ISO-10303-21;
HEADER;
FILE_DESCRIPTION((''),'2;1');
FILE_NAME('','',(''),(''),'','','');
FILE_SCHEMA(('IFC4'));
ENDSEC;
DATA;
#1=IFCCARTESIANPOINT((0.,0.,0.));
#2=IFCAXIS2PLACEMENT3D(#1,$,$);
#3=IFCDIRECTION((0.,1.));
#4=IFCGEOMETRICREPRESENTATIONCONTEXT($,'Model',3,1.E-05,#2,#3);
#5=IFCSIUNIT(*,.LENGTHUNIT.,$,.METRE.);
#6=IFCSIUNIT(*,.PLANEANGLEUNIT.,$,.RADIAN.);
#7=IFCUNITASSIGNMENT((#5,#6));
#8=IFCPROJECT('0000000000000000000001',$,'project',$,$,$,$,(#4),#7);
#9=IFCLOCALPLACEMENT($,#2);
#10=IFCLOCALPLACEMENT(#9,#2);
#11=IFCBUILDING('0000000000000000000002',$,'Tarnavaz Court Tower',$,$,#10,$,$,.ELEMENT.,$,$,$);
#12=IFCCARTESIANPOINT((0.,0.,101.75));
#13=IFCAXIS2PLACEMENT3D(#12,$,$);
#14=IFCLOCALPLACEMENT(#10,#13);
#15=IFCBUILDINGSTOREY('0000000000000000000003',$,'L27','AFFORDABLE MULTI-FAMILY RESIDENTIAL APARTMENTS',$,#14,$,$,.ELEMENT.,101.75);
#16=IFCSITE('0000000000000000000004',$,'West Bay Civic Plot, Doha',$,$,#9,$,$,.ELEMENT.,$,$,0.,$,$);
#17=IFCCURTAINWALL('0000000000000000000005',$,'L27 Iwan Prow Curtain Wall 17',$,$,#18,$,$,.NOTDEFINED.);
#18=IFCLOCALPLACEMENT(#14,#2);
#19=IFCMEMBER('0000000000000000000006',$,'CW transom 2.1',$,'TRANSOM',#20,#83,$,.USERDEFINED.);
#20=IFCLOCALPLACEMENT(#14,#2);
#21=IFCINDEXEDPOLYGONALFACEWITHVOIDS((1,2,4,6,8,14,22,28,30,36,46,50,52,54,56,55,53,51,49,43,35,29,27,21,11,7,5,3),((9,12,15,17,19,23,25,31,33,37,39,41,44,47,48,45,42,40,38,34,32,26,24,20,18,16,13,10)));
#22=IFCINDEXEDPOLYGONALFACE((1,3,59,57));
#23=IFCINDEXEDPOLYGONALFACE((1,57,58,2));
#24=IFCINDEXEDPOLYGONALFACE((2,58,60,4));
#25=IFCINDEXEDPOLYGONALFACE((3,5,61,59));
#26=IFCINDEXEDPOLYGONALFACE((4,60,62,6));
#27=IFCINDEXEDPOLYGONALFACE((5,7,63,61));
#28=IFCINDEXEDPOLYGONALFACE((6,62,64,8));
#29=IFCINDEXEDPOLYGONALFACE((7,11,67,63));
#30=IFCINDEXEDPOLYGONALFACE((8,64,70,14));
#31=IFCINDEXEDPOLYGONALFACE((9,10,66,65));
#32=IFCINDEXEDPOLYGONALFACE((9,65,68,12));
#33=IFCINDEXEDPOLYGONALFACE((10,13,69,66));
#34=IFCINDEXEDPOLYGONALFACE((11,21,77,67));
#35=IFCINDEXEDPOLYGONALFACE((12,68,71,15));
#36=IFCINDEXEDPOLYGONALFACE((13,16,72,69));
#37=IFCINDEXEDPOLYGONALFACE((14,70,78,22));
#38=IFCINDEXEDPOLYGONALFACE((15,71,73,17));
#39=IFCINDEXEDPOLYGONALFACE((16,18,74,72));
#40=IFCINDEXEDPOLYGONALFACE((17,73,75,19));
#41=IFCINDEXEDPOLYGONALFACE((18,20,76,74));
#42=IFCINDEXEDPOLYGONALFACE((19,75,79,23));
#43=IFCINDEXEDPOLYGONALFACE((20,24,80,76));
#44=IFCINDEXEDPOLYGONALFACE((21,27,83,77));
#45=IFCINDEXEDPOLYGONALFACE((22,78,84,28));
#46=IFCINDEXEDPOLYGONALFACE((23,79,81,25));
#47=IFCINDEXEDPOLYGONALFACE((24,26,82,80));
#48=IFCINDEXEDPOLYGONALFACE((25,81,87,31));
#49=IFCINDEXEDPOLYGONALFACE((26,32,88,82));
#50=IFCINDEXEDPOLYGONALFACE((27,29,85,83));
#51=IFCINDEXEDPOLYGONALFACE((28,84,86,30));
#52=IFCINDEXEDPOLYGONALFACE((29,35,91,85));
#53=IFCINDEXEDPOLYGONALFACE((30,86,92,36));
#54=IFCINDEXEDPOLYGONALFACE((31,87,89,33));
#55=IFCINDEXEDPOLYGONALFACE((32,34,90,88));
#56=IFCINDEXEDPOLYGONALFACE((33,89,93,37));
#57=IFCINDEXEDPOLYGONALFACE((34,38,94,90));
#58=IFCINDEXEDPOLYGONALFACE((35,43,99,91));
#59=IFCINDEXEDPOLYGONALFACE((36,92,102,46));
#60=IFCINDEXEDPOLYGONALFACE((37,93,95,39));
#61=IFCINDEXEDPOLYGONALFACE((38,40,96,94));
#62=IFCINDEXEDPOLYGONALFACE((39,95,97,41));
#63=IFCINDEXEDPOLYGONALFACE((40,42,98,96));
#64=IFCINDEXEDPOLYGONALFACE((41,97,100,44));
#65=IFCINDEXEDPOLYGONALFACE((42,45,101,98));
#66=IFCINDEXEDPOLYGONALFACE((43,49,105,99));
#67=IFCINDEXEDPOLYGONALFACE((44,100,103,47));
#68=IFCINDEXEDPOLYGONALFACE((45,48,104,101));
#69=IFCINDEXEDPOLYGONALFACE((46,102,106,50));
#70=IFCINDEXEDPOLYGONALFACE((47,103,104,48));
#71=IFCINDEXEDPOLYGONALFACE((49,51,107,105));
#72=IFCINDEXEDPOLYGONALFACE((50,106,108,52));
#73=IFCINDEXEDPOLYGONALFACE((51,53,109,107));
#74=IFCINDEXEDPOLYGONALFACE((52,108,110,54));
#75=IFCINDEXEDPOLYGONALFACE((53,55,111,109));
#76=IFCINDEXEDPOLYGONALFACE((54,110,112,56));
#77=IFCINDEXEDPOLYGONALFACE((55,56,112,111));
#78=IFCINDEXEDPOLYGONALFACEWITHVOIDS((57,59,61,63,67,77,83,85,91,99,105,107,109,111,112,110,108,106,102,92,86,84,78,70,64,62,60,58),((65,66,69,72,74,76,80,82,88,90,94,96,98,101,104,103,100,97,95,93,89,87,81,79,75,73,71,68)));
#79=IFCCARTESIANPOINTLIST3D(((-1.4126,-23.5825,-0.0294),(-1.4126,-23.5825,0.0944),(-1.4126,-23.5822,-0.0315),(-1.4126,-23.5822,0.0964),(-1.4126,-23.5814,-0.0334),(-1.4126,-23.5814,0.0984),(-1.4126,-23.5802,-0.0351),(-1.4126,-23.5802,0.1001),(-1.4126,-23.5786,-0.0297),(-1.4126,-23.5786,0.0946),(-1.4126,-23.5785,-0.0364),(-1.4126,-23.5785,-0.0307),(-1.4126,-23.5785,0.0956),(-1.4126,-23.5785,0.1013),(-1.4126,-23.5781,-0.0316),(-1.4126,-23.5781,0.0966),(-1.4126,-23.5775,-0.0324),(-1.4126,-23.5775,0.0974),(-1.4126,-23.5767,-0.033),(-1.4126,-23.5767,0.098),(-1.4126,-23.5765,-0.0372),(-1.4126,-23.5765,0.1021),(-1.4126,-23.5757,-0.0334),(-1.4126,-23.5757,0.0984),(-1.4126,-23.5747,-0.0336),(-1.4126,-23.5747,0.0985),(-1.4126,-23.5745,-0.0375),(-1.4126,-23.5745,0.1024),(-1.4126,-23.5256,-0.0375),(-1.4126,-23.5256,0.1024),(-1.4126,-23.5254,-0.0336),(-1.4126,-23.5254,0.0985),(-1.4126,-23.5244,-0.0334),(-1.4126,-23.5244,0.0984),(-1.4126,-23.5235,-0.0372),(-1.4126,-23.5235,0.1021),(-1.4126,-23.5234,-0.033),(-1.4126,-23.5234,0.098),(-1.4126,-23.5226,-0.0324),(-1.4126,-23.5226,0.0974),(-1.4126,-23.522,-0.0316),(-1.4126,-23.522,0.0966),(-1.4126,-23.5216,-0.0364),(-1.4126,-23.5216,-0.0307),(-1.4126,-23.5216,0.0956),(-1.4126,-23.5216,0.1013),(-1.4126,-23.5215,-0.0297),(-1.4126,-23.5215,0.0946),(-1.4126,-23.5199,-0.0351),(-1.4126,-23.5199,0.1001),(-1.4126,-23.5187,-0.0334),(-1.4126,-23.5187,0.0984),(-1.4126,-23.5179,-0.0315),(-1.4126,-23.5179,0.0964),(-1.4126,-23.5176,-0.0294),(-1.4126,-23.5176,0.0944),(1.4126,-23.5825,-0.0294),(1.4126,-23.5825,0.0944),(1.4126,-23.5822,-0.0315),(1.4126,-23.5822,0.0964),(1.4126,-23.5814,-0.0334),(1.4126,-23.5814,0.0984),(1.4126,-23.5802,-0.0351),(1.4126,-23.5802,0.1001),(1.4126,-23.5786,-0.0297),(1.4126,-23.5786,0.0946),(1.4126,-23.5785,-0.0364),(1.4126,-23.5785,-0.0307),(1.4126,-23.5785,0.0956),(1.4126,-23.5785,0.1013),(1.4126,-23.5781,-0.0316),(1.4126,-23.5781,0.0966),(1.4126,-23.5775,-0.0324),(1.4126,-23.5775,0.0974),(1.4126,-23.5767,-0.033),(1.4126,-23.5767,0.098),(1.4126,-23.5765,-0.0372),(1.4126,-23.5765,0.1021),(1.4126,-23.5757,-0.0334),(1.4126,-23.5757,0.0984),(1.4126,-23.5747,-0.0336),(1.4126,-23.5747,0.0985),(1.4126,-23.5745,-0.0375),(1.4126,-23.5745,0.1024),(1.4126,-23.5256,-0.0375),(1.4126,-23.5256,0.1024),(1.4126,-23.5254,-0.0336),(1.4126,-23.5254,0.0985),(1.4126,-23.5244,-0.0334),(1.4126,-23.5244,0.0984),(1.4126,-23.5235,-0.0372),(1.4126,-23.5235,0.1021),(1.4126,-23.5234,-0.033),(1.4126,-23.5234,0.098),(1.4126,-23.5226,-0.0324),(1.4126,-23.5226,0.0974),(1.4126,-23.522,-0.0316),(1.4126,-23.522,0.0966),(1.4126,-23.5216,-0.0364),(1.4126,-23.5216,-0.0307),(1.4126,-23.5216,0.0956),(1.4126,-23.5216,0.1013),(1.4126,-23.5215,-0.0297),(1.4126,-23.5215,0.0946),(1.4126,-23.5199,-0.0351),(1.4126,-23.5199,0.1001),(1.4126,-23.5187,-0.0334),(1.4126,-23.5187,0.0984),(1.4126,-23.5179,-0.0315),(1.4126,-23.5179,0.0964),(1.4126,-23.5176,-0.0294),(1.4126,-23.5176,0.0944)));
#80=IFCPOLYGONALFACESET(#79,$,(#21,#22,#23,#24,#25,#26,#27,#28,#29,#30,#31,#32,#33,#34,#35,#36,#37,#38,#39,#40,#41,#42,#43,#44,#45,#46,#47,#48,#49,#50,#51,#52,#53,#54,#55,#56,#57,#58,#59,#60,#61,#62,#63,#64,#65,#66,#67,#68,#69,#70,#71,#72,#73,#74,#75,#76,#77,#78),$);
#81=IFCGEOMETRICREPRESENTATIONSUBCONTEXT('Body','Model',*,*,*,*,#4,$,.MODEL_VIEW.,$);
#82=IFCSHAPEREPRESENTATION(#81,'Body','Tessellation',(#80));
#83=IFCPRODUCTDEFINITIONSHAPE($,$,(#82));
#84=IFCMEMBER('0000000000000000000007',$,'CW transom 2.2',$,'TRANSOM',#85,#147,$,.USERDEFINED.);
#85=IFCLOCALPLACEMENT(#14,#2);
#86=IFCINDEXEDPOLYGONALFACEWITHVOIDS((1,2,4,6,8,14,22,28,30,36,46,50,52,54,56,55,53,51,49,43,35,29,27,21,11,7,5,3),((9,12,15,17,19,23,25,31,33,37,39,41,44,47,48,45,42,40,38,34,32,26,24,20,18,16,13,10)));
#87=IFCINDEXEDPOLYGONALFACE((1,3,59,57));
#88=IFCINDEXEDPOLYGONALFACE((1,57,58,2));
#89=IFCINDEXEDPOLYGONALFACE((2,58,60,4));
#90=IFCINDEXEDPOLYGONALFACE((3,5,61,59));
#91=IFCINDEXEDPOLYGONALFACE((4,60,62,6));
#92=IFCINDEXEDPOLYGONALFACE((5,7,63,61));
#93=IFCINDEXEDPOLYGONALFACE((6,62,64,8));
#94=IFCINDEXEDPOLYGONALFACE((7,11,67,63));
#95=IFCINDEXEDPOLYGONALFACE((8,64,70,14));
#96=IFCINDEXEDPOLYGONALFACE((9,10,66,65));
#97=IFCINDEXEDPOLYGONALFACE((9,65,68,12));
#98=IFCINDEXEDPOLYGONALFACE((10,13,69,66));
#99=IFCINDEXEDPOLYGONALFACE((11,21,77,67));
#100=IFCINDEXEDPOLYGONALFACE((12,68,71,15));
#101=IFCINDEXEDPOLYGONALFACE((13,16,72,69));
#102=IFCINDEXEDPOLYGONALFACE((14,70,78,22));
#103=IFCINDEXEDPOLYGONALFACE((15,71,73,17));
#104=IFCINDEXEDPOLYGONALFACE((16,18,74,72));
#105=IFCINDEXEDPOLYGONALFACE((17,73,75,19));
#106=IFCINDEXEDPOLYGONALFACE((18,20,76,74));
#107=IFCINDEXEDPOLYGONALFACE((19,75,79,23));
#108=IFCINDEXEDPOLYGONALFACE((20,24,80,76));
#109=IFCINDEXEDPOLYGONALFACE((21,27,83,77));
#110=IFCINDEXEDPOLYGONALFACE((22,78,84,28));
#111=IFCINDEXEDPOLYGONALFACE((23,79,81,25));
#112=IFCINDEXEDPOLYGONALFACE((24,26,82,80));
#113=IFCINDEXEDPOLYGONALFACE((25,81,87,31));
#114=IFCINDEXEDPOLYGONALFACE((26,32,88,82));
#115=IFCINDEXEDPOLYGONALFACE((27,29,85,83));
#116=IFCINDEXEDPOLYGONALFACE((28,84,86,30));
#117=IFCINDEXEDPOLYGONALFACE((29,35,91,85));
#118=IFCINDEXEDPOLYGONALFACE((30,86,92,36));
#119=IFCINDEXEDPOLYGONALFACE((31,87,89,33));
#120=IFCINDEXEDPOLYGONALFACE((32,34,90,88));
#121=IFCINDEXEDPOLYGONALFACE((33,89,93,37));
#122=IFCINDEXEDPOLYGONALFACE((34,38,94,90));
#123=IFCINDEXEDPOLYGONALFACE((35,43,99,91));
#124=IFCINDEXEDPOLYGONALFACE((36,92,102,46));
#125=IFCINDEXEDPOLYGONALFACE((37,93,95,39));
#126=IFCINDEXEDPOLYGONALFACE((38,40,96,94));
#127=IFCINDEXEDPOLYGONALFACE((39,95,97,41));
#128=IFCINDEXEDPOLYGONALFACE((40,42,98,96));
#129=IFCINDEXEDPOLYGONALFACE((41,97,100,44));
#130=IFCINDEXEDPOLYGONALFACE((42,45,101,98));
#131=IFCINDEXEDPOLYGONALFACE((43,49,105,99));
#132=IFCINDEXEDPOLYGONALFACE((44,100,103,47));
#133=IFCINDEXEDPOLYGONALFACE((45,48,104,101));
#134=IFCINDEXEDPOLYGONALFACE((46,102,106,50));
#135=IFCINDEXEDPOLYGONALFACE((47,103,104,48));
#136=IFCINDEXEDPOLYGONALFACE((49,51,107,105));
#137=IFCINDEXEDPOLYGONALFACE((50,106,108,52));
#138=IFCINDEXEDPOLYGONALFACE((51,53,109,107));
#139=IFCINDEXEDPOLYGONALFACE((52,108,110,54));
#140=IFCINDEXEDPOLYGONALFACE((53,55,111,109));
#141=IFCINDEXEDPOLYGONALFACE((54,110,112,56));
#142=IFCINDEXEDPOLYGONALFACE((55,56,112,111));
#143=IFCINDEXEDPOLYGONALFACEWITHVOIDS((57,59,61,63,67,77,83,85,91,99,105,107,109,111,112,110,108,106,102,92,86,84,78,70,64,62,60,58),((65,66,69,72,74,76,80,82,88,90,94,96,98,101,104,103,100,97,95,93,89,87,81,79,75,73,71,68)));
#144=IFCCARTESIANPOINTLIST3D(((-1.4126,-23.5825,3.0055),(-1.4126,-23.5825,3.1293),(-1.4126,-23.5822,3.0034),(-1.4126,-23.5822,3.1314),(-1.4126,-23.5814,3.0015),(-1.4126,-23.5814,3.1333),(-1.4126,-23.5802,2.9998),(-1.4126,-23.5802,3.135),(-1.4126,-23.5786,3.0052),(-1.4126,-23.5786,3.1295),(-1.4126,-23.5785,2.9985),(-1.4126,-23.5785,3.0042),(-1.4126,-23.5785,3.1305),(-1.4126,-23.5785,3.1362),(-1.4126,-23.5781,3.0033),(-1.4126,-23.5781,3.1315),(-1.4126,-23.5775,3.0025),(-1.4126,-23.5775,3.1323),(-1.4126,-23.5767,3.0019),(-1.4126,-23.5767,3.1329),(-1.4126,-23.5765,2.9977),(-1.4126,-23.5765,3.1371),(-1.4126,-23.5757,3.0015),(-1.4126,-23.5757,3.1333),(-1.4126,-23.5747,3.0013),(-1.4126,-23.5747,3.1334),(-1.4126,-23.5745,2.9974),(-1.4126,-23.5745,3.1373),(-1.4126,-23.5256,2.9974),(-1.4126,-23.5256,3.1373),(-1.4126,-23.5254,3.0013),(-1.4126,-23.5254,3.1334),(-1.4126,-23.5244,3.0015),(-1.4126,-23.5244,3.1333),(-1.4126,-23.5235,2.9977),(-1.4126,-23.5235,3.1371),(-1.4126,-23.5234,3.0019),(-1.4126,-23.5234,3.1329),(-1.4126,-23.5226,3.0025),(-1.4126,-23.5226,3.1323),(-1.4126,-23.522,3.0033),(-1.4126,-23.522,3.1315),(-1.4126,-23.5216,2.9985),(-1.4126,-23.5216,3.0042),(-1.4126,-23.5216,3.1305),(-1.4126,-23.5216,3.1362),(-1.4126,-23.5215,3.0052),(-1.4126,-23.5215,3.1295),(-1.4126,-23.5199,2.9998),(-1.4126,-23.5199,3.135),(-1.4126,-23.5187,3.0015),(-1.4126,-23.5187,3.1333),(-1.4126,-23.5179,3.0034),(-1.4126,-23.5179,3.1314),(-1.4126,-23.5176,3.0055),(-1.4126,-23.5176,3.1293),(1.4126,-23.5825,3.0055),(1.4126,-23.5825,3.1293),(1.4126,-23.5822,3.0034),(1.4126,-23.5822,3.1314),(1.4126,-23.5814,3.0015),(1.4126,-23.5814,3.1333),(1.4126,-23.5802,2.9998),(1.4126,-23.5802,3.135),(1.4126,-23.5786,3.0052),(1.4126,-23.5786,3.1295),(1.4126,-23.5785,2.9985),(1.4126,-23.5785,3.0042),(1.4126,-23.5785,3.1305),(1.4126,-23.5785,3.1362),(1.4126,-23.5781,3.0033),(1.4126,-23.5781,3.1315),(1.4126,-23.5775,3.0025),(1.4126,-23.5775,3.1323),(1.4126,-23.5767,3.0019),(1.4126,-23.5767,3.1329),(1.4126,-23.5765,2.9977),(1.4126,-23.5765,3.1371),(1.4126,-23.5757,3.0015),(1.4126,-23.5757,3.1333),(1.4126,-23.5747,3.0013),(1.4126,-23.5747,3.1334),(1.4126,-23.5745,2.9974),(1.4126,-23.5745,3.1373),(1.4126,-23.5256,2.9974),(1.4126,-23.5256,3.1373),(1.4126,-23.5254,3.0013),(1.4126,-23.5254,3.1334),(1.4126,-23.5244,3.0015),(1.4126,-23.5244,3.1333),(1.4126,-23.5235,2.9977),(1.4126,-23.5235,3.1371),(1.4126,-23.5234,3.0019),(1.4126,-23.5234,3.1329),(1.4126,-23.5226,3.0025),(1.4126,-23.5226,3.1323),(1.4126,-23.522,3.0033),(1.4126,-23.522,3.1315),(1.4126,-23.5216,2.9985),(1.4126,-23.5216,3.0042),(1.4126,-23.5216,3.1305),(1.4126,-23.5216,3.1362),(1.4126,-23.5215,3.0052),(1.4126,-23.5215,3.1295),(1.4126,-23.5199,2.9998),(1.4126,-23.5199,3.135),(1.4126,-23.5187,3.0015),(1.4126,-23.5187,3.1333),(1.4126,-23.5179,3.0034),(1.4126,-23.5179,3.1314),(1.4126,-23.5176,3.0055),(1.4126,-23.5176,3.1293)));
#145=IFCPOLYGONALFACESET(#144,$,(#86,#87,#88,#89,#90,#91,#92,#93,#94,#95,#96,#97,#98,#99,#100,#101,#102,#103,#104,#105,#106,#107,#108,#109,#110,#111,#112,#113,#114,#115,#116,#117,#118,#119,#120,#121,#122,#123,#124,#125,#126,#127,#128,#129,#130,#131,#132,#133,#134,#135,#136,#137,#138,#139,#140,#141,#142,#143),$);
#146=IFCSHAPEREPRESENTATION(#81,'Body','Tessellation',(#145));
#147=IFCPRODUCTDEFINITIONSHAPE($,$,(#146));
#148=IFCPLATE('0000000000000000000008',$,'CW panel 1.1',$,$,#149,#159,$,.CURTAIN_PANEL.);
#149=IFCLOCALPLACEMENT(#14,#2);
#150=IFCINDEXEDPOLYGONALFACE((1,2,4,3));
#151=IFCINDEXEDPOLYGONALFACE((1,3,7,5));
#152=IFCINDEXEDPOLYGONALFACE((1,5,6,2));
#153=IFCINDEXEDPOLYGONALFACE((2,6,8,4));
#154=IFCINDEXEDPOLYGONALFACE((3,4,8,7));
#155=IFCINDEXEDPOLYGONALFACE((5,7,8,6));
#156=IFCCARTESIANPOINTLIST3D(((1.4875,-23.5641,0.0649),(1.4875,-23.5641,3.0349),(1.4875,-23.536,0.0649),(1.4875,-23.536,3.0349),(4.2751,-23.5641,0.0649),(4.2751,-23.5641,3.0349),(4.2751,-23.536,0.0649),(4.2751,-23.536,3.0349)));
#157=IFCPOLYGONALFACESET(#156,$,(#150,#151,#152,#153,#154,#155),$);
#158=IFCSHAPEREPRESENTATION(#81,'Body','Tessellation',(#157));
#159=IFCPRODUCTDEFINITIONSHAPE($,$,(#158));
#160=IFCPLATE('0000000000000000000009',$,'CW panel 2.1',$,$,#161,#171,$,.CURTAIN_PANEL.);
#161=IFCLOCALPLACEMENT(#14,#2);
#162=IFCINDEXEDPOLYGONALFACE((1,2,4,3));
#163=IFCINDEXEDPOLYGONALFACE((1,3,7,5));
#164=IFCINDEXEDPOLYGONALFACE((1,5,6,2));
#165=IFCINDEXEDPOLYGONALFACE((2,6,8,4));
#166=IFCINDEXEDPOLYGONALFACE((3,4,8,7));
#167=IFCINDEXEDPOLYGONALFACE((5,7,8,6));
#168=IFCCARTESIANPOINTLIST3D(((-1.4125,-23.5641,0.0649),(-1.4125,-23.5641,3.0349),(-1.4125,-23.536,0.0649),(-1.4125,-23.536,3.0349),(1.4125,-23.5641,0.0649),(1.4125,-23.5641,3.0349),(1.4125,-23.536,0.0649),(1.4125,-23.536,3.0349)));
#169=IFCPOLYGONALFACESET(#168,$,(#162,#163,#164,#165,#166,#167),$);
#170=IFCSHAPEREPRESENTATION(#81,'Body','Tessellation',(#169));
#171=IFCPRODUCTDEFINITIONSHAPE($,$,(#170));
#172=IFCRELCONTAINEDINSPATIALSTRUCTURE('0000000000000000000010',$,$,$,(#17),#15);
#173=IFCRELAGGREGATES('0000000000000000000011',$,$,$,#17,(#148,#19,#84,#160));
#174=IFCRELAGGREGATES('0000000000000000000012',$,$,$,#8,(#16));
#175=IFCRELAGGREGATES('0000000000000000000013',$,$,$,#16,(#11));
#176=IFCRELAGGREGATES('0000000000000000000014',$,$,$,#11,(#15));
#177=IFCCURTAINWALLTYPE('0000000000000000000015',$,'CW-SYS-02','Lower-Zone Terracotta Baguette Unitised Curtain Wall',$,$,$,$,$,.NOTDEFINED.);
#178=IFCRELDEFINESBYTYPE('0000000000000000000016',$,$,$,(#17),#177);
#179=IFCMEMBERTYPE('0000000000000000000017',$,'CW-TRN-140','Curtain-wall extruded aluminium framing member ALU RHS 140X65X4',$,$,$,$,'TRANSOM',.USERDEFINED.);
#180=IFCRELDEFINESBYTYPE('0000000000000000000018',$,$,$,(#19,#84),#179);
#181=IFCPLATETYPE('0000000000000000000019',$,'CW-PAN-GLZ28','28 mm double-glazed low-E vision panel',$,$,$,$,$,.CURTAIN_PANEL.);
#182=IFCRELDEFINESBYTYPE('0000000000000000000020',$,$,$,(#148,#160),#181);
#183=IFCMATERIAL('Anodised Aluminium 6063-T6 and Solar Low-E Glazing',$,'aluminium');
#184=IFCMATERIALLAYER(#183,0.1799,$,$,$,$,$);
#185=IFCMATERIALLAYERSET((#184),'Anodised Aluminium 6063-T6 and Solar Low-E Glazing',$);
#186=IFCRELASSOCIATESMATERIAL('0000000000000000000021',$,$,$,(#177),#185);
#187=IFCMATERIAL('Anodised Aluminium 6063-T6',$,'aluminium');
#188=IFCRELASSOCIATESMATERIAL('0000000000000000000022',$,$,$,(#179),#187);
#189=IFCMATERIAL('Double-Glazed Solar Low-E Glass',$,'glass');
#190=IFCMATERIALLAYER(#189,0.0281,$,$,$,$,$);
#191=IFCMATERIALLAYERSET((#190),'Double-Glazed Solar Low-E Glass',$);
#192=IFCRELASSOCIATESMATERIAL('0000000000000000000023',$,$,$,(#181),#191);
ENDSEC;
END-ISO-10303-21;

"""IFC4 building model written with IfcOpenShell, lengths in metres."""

from ifc_helpers import new_model, si_unit, direction, frame, origin, origin_2d, place, context, subcontext, project, spatial, rectangle, hollow_rectangle, extrude, material, layer, layer_set, material_profile, profile_set, type_object, element, aggregate, save


model = new_model("IFC4")

# Units and contexts
model_context = context("Model", 3, precision=1e-05, world=origin(), true_north=direction((0.0, 1.0)))
body_context = subcontext(model_context, "Body", "Model", "MODEL_VIEW")
ifc_project = project(units=[si_unit("LENGTHUNIT", "METRE"), si_unit("PLANEANGLEUNIT", "RADIAN")], contexts=[model_context])

# Site, building, storey
site_placement = place(None, origin())
site = spatial("IfcSite", under=ifc_project, at=site_placement, Name="West Bay Civic Plot, Doha", CompositionType="ELEMENT", RefElevation=0.0)
building_placement = place(site_placement, origin())
building = spatial("IfcBuilding", under=site, at=building_placement, Name="Tarnavaz Court Tower", CompositionType="ELEMENT")
storey_placement = place(building_placement, frame((0.0, 0.0, 101.75)))
storey = spatial("IfcBuildingStorey", under=building, at=storey_placement, Name="L27", Description="AFFORDABLE MULTI-FAMILY RESIDENTIAL APARTMENTS", CompositionType="ELEMENT", Elevation=101.75)

# Curtain wall, members, plates
ifc_material_1 = material(Name="Anodised Aluminium 6063-T6 and Solar Low-E Glazing", Category="aluminium")
ifc_layer_1 = layer(ifc_material_1, 0.1799)
ifc_layer_set_1 = layer_set([ifc_layer_1], Name="Anodised Aluminium 6063-T6 and Solar Low-E Glazing")
curtain_wall_type = type_object("IfcCurtainWallType", Name="CW-SYS-02", Description="Lower-Zone Terracotta Baguette Unitised Curtain Wall", PredefinedType="NOTDEFINED", material=ifc_layer_set_1)
curtain_wall_placement = place(storey_placement, origin())
curtain_wall = element("IfcCurtainWall", 1, at=curtain_wall_placement, inside=storey, type_object=curtain_wall_type, Name="L27 Iwan Prow Curtain Wall 17", PredefinedType="NOTDEFINED")
ifc_material_2 = material(Name="Anodised Aluminium 6063-T6", Category="aluminium")
ifc_material_profile_1 = material_profile(ifc_material_2, hollow_rectangle(XDim=0.0649, YDim=0.1399, WallThickness=0.0039, InnerFilletRadius=0.0039, OuterFilletRadius=0.0081, at=origin_2d()), Name="ALU RHS 140X65X4")
ifc_profile_set_1 = profile_set([ifc_material_profile_1], Name="Anodised Aluminium 6063-T6")
member_type_1 = type_object("IfcMemberType", Name="CW-TRN-140", Description="Curtain-wall extruded aluminium framing member ALU RHS 140X65X4", ElementType="TRANSOM", PredefinedType="USERDEFINED", material=ifc_profile_set_1)
member_1_placement = place(storey_placement, frame((1.4126, -23.55, 0.0325), z_axis=(-1.0, 0.0, 0.0), x_axis=(0.0, -1.0, 0.0)))
member_1 = element("IfcMember", 2, at=member_1_placement, type_object=member_type_1, Name="CW transom 2.1", ObjectType="TRANSOM", PredefinedType="USERDEFINED", context=body_context, shape_type="SweptSolid", body=[
    extrude(hollow_rectangle(XDim=0.0649, YDim=0.1399, WallThickness=0.0039, InnerFilletRadius=0.0039, OuterFilletRadius=0.0081, at=origin_2d()), origin(), (0.0, 0.0, 1.0), 2.8252),
])
member_2_placement = place(storey_placement, frame((1.4126, -23.55, 3.0674), z_axis=(-1.0, 0.0, 0.0), x_axis=(0.0, -1.0, 0.0)))
member_2 = element("IfcMember", 3, at=member_2_placement, type_object=member_type_1, Name="CW transom 2.2", ObjectType="TRANSOM", PredefinedType="USERDEFINED", context=body_context, shape_type="SweptSolid", body=[
    extrude(hollow_rectangle(XDim=0.0649, YDim=0.1399, WallThickness=0.0039, InnerFilletRadius=0.0039, OuterFilletRadius=0.0081, at=origin_2d()), origin(), (0.0, 0.0, 1.0), 2.8252),
])
ifc_material_3 = material(Name="Double-Glazed Solar Low-E Glass", Category="glass")
ifc_layer_2 = layer(ifc_material_3, 0.0281)
ifc_layer_set_2 = layer_set([ifc_layer_2], Name="Double-Glazed Solar Low-E Glass")
plate_type = type_object("IfcPlateType", Name="CW-PAN-GLZ28", Description="28 mm double-glazed low-E vision panel", PredefinedType="CURTAIN_PANEL", material=ifc_layer_set_2)
plate_1_placement = place(storey_placement, frame((2.8813, -23.55, 0.0649), z_axis=(0.0, 0.0, 1.0), x_axis=(-1.0, 0.0, 0.0)))
plate_1 = element("IfcPlate", 4, at=plate_1_placement, type_object=plate_type, Name="CW panel 1.1", PredefinedType="CURTAIN_PANEL", context=body_context, shape_type="SweptSolid", body=[
    extrude(rectangle(XDim=2.7876, YDim=0.0281, at=origin_2d()), origin(), (0.0, 0.0, 1.0), 2.97),
])
plate_2_placement = place(storey_placement, frame((0.0, -23.55, 0.0649), z_axis=(0.0, 0.0, 1.0), x_axis=(-1.0, 0.0, 0.0)))
plate_2 = element("IfcPlate", 5, at=plate_2_placement, type_object=plate_type, Name="CW panel 2.1", PredefinedType="CURTAIN_PANEL", context=body_context, shape_type="SweptSolid", body=[
    extrude(rectangle(XDim=2.825, YDim=0.0281, at=origin_2d()), origin(), (0.0, 0.0, 1.0), 2.97),
])
aggregate(curtain_wall, [plate_1, member_1, member_2, plate_2])

save(model, "model.ifc")
